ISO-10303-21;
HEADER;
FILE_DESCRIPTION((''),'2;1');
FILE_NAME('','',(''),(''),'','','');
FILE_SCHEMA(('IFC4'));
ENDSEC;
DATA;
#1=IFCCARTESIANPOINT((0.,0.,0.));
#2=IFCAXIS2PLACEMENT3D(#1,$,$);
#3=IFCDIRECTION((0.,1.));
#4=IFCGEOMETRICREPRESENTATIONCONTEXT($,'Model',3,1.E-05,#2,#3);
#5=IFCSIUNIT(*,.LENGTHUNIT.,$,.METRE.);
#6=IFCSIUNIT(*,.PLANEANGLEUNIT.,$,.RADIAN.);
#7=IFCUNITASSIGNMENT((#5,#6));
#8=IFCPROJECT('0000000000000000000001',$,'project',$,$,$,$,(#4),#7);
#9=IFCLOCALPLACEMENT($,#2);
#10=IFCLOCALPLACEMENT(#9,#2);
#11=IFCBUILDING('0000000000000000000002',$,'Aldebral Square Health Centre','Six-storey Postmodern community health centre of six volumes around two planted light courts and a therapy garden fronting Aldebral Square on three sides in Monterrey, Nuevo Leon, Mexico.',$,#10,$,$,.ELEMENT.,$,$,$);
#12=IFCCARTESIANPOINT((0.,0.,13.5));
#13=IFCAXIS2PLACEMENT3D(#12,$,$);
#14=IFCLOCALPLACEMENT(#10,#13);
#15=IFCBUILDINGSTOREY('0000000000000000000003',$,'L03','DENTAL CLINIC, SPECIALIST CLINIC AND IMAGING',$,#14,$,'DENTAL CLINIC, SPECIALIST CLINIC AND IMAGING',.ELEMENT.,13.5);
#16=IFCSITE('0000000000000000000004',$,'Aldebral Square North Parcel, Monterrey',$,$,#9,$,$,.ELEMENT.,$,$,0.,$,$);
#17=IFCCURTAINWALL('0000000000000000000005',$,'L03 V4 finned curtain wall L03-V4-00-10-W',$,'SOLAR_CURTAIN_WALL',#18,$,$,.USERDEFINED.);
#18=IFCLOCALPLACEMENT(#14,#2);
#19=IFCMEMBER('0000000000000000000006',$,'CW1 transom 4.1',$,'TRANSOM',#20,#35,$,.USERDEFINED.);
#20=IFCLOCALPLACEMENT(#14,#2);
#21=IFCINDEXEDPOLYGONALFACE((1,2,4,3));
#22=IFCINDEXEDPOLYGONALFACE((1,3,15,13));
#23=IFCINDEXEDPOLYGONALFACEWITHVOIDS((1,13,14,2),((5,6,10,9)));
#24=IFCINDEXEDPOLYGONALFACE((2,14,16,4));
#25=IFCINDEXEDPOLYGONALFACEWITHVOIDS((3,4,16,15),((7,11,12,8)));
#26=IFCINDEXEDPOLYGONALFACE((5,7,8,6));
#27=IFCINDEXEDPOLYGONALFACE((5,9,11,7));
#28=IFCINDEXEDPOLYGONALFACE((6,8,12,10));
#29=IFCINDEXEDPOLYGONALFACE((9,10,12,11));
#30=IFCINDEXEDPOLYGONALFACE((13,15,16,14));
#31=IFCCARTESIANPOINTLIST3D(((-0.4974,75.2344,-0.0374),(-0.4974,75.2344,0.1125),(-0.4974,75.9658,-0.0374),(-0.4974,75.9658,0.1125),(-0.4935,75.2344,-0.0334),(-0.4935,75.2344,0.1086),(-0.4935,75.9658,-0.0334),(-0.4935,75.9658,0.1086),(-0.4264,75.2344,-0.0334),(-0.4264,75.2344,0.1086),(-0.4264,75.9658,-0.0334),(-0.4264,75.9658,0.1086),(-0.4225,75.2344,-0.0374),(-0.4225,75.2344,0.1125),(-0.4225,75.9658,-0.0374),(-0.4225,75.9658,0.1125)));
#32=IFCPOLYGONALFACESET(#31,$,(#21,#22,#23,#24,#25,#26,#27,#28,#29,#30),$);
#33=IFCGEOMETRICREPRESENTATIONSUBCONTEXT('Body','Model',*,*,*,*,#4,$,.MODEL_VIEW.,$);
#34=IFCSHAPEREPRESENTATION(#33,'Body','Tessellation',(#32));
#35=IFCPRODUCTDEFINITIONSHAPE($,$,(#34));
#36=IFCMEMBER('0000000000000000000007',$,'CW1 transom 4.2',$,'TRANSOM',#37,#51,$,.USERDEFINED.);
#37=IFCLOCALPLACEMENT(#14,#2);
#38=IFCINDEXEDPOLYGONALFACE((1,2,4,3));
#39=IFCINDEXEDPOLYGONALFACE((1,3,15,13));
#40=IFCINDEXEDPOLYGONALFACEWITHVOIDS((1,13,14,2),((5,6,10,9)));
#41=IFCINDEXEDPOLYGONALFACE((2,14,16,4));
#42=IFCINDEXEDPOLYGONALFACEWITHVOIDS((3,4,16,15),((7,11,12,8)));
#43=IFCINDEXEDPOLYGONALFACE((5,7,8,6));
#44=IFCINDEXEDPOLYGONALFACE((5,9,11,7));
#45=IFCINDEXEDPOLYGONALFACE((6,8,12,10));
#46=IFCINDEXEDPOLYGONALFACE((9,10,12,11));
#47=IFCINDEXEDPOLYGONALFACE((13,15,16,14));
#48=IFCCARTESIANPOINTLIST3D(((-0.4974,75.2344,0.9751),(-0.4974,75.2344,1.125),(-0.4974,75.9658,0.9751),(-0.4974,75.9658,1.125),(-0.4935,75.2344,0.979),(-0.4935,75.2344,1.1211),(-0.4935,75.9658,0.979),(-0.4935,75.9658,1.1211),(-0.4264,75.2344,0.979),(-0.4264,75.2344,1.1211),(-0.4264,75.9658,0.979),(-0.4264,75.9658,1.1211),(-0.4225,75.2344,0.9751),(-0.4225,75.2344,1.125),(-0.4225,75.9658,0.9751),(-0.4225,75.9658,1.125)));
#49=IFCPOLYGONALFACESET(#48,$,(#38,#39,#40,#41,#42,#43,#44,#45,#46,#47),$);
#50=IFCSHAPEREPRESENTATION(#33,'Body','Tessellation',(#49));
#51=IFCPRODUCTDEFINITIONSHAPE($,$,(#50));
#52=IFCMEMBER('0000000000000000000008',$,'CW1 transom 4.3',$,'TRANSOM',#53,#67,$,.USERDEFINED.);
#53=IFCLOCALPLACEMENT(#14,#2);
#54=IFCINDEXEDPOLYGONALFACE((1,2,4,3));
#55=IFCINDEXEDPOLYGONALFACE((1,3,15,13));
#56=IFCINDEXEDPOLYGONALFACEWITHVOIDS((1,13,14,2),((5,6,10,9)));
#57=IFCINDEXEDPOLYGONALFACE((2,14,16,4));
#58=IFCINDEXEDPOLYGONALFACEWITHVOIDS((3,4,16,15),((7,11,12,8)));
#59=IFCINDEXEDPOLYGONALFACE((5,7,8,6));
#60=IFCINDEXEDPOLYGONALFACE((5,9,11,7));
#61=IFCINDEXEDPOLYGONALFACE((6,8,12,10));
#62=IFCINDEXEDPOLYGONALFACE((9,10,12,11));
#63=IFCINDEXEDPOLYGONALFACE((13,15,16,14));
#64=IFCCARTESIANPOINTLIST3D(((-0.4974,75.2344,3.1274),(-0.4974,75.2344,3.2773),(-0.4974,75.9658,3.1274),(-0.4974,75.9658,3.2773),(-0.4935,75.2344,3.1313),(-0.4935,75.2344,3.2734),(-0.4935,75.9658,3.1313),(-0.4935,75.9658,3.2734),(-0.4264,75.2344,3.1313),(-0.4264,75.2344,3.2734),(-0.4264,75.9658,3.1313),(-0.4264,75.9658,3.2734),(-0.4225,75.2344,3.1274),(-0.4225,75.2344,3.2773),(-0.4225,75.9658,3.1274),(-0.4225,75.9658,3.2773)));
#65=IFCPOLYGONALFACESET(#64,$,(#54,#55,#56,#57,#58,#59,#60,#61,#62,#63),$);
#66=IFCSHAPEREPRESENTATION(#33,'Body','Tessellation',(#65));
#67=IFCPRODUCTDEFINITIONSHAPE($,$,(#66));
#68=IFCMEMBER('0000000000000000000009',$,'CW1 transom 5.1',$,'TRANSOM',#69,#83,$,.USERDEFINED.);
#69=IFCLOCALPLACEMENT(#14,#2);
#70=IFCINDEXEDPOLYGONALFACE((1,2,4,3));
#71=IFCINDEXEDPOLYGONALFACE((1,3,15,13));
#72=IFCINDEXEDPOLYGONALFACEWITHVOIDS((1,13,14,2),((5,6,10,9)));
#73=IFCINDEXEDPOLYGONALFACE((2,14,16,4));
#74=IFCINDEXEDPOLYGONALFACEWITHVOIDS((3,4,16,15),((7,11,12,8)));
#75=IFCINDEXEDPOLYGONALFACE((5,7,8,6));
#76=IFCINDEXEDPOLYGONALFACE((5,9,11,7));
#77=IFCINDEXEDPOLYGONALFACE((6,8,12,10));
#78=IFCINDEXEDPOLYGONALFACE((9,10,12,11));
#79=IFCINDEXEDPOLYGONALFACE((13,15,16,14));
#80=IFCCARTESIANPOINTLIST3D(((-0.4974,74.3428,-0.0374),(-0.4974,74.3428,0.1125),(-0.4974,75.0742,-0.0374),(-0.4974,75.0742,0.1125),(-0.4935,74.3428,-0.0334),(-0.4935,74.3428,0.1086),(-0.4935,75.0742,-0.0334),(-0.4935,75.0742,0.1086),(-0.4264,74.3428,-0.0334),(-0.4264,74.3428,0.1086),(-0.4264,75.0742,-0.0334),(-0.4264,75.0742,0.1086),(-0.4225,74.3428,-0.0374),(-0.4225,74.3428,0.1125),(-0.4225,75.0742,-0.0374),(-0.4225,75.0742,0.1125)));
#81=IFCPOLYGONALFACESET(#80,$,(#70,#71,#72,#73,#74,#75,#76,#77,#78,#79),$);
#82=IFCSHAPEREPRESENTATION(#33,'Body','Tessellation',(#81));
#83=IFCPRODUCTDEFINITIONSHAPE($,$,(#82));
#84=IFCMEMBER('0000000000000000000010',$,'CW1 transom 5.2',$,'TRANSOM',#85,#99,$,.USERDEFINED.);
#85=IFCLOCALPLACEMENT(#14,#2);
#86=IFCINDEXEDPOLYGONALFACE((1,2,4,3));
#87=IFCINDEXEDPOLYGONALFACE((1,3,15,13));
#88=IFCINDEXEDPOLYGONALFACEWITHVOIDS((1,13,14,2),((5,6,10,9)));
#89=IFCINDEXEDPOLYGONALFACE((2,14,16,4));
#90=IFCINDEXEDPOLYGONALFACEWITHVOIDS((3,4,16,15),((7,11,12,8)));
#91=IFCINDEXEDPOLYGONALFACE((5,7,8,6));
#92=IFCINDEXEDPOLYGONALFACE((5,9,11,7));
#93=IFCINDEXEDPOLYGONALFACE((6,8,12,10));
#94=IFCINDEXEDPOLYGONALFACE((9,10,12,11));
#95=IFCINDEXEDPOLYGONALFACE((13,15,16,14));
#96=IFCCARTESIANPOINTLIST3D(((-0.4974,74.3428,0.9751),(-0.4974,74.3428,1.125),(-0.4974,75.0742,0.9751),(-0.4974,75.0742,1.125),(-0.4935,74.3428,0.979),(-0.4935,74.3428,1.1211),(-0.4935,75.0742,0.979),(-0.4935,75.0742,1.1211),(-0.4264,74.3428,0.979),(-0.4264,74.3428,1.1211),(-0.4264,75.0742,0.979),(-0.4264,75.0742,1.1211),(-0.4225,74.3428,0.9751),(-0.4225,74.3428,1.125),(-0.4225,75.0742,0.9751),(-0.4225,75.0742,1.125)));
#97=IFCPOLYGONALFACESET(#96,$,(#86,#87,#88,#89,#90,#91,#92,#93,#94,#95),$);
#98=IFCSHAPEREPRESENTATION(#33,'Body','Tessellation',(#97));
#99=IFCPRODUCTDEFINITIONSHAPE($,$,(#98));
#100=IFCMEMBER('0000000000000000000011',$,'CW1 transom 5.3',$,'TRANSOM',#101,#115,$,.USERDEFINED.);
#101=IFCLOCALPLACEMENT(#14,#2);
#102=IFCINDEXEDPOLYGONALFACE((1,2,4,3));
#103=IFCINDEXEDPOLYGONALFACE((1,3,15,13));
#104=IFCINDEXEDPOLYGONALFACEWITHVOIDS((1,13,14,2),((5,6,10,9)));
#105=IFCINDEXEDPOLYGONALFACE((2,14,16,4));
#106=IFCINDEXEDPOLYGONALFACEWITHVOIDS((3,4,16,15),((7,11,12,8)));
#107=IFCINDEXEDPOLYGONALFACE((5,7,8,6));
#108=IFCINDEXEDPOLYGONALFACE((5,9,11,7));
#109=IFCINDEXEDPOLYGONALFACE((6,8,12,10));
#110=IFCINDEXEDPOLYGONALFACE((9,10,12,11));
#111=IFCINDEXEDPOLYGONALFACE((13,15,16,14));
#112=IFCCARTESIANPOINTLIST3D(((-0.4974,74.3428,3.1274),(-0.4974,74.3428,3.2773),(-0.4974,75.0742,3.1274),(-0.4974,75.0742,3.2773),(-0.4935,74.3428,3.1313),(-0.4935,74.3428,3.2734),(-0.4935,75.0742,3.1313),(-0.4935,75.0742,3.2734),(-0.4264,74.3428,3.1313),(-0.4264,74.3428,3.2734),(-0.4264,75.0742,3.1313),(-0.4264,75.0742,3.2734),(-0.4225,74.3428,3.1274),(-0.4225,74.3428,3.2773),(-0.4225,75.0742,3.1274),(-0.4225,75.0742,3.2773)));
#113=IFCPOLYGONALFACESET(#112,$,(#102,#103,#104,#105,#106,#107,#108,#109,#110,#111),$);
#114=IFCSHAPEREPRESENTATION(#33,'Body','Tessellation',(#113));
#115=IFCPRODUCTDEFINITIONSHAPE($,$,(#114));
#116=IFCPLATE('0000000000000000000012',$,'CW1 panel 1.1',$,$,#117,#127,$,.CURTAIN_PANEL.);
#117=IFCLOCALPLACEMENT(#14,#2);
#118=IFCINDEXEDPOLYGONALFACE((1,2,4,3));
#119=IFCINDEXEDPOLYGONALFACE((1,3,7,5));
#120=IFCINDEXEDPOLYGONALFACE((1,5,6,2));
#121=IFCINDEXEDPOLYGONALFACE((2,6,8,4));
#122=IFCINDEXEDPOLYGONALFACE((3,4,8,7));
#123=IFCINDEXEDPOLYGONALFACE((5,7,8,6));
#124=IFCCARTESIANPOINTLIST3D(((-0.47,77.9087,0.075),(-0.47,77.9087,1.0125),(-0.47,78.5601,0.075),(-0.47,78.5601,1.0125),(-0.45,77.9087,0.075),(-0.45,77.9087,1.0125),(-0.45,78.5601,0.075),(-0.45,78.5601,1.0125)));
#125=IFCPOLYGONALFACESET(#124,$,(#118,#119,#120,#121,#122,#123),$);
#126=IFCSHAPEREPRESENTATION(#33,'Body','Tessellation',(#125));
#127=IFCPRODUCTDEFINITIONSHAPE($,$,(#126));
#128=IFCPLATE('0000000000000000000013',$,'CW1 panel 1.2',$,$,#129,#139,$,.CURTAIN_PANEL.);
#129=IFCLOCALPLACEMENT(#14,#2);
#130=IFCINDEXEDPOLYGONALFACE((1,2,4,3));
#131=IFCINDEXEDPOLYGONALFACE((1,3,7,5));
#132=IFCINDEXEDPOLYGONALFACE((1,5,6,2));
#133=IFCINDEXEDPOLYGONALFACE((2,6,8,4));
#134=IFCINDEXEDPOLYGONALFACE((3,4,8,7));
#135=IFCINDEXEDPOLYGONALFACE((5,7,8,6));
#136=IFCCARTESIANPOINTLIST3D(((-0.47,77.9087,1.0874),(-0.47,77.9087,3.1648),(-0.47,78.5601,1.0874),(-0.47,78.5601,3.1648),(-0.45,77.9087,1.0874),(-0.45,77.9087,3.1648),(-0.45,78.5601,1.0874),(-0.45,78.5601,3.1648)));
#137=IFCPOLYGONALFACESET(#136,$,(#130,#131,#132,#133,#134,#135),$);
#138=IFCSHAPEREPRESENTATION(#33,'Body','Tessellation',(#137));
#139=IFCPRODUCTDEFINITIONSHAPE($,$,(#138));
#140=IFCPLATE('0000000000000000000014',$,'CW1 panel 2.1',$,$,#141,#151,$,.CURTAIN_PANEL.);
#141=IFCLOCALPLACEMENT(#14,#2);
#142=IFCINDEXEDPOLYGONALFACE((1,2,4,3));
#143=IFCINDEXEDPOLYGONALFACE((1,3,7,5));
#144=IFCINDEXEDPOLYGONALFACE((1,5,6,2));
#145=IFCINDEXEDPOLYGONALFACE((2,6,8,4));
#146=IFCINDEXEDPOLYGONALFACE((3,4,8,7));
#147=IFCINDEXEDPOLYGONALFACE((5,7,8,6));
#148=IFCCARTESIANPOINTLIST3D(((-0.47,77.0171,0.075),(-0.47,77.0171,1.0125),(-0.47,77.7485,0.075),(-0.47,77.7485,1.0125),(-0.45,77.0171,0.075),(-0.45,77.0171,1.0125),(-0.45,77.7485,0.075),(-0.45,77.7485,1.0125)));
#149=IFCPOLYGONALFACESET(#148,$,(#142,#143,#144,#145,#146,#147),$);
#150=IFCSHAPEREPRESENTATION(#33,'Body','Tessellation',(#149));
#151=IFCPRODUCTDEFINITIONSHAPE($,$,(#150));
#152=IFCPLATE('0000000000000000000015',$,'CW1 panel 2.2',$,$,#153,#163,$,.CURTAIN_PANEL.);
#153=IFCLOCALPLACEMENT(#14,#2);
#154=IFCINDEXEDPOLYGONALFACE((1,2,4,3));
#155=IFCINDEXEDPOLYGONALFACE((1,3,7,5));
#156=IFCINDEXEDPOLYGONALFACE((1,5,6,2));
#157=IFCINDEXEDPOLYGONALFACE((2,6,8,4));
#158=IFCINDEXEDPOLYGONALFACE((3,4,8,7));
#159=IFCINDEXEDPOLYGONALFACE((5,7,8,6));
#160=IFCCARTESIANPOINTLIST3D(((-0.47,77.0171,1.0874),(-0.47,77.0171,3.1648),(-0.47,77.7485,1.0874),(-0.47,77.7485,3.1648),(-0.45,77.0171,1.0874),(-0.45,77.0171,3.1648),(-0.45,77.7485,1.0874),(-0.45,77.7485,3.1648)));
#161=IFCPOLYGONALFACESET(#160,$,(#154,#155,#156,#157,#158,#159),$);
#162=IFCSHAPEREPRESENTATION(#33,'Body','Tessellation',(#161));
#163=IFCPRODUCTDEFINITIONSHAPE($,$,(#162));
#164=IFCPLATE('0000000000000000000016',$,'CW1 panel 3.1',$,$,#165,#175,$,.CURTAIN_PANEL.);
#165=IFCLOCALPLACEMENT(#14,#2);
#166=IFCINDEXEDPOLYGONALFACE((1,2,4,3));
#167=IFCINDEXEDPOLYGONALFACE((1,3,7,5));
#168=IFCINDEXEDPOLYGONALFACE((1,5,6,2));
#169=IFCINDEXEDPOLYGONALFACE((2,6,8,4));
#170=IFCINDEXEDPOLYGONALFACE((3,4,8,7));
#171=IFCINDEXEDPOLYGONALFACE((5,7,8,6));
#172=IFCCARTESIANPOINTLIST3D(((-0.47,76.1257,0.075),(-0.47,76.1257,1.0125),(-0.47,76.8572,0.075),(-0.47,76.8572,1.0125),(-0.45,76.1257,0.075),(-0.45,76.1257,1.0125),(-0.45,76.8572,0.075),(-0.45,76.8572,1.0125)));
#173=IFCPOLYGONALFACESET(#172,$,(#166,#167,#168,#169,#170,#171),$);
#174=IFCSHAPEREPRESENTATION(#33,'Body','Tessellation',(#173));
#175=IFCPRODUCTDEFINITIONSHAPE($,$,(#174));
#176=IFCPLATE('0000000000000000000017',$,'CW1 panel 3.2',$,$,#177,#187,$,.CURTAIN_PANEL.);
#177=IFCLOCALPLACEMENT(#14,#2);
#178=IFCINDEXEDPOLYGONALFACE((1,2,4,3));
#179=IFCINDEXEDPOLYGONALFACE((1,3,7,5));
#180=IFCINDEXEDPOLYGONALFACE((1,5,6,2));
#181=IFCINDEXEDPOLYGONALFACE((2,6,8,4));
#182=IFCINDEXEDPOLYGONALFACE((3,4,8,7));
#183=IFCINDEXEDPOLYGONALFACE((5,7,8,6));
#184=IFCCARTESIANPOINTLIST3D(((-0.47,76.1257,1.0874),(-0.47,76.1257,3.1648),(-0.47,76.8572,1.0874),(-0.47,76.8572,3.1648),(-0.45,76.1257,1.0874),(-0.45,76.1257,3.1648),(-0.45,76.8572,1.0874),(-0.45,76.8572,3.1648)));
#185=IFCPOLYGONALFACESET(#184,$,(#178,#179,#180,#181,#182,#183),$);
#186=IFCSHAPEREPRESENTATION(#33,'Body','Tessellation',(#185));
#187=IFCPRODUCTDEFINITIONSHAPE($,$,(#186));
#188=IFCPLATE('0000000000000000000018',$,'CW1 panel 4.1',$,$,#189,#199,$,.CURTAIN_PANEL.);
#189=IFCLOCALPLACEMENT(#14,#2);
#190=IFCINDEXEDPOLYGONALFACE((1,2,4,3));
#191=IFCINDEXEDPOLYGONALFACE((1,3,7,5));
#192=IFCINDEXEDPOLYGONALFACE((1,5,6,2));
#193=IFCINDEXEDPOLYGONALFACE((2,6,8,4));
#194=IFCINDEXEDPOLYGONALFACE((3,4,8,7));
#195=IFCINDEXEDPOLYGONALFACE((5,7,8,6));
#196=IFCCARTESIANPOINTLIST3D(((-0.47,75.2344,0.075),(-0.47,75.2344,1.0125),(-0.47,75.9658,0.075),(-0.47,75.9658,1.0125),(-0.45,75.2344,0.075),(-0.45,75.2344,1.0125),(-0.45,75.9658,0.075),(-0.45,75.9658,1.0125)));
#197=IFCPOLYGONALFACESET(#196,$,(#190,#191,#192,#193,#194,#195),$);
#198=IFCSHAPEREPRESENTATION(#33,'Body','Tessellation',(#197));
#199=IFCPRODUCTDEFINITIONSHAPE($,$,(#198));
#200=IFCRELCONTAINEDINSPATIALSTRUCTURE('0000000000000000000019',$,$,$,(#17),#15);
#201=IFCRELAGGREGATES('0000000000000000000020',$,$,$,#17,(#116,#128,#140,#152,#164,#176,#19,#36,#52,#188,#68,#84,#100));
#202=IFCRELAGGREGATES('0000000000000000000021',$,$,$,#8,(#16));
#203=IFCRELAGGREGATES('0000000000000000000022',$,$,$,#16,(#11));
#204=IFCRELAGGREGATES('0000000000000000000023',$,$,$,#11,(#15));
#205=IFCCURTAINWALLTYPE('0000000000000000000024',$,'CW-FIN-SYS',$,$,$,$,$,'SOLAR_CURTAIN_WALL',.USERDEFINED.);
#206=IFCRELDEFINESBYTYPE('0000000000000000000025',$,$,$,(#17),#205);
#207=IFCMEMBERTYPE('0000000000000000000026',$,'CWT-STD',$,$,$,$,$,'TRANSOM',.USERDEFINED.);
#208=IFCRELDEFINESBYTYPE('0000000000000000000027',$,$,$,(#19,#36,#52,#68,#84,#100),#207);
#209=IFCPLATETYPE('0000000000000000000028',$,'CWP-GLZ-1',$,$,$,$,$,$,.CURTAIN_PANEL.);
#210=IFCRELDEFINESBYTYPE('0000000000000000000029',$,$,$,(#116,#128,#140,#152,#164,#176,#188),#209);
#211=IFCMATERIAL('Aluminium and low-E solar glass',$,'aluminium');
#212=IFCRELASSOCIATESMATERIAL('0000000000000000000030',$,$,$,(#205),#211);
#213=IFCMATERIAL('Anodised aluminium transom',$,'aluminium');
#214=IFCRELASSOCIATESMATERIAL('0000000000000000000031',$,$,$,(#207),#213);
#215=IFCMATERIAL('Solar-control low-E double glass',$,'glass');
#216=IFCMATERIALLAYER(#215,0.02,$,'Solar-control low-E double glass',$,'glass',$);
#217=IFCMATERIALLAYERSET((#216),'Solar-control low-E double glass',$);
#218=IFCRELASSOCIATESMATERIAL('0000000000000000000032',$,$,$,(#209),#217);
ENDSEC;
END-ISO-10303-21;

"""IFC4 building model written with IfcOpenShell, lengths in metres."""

from ifc_helpers import new_model, si_unit, direction, frame, origin, origin_2d, place, context, subcontext, project, spatial, rectangle, hollow_rectangle, extrude, material, layer, layer_set, material_profile, profile_set, type_object, element, aggregate, save


model = new_model("IFC4")

# Units and contexts
model_context = context("Model", 3, precision=1e-05, world=origin(), true_north=direction((0.0, 1.0)))
body_context = subcontext(model_context, "Body", "Model", "MODEL_VIEW")
ifc_project = project(units=[si_unit("LENGTHUNIT", "METRE"), si_unit("PLANEANGLEUNIT", "RADIAN")], contexts=[model_context])

# Site, building, storey
site_placement = place(None, origin())
site = spatial("IfcSite", under=ifc_project, at=site_placement, Name="Aldebral Square North Parcel, Monterrey", CompositionType="ELEMENT", RefElevation=0.0)
building_placement = place(site_placement, origin())
building = spatial("IfcBuilding", under=site, at=building_placement, Name="Aldebral Square Health Centre", Description="Six-storey Postmodern community health centre of six volumes around two planted light courts and a therapy garden fronting Aldebral Square on three sides in Monterrey, Nuevo Leon, Mexico.", CompositionType="ELEMENT")
storey_placement = place(building_placement, frame((0.0, 0.0, 13.5)))
storey = spatial("IfcBuildingStorey", under=building, at=storey_placement, Name="L03", Description="DENTAL CLINIC, SPECIALIST CLINIC AND IMAGING", LongName="DENTAL CLINIC, SPECIALIST CLINIC AND IMAGING", CompositionType="ELEMENT", Elevation=13.5)

# Curtain wall, members, plates
ifc_material_1 = material(Name="Aluminium and low-E solar glass", Category="aluminium")
curtain_wall_type = type_object("IfcCurtainWallType", Name="CW-FIN-SYS", ElementType="SOLAR_CURTAIN_WALL", PredefinedType="USERDEFINED", material=ifc_material_1)
curtain_wall_placement = place(storey_placement, origin())
curtain_wall = element("IfcCurtainWall", 1, at=curtain_wall_placement, inside=storey, type_object=curtain_wall_type, Name="L03 V4 finned curtain wall L03-V4-00-10-W", ObjectType="SOLAR_CURTAIN_WALL", PredefinedType="USERDEFINED")
ifc_material_2 = material(Name="Anodised aluminium transom", Category="aluminium")
ifc_material_profile_1 = material_profile(ifc_material_2, hollow_rectangle(XDim=0.075, YDim=0.1499, WallThickness=0.0039, at=origin_2d()), Name="CWT 75x150x4")
ifc_profile_set_1 = profile_set([ifc_material_profile_1], Name="Anodised aluminium transom")
member_type_1 = type_object("IfcMemberType", Name="CWT-STD", ElementType="TRANSOM", PredefinedType="USERDEFINED", material=ifc_profile_set_1)
member_1_placement = place(storey_placement, frame((-0.46, 75.9658, 0.0376), z_axis=(0.0, -1.0, 0.0), x_axis=(1.0, 0.0, 0.0)))
member_1 = element("IfcMember", 2, at=member_1_placement, type_object=member_type_1, Name="CW1 transom 4.1", ObjectType="TRANSOM", PredefinedType="USERDEFINED", context=body_context, shape_type="SweptSolid", body=[
    extrude(hollow_rectangle(XDim=0.075, YDim=0.1499, WallThickness=0.0039, at=origin_2d()), origin(), (0.0, 0.0, 1.0), 0.7314),
])
member_2_placement = place(storey_placement, frame((-0.46, 75.9658, 1.05), z_axis=(0.0, -1.0, 0.0), x_axis=(1.0, 0.0, 0.0)))
member_2 = element("IfcMember", 3, at=member_2_placement, type_object=member_type_1, Name="CW1 transom 4.2", ObjectType="TRANSOM", PredefinedType="USERDEFINED", context=body_context, shape_type="SweptSolid", body=[
    extrude(hollow_rectangle(XDim=0.075, YDim=0.1499, WallThickness=0.0039, at=origin_2d()), origin(), (0.0, 0.0, 1.0), 0.7314),
])
member_3_placement = place(storey_placement, frame((-0.46, 75.9658, 3.2024), z_axis=(0.0, -1.0, 0.0), x_axis=(1.0, 0.0, 0.0)))
member_3 = element("IfcMember", 4, at=member_3_placement, type_object=member_type_1, Name="CW1 transom 4.3", ObjectType="TRANSOM", PredefinedType="USERDEFINED", context=body_context, shape_type="SweptSolid", body=[
    extrude(hollow_rectangle(XDim=0.075, YDim=0.1499, WallThickness=0.0039, at=origin_2d()), origin(), (0.0, 0.0, 1.0), 0.7314),
])
member_4_placement = place(storey_placement, frame((-0.46, 75.0742, 0.0376), z_axis=(0.0, -1.0, 0.0), x_axis=(1.0, 0.0, 0.0)))
member_4 = element("IfcMember", 5, at=member_4_placement, type_object=member_type_1, Name="CW1 transom 5.1", ObjectType="TRANSOM", PredefinedType="USERDEFINED", context=body_context, shape_type="SweptSolid", body=[
    extrude(hollow_rectangle(XDim=0.075, YDim=0.1499, WallThickness=0.0039, at=origin_2d()), origin(), (0.0, 0.0, 1.0), 0.7314),
])
member_5_placement = place(storey_placement, frame((-0.46, 75.0742, 1.05), z_axis=(0.0, -1.0, 0.0), x_axis=(1.0, 0.0, 0.0)))
member_5 = element("IfcMember", 6, at=member_5_placement, type_object=member_type_1, Name="CW1 transom 5.2", ObjectType="TRANSOM", PredefinedType="USERDEFINED", context=body_context, shape_type="SweptSolid", body=[
    extrude(hollow_rectangle(XDim=0.075, YDim=0.1499, WallThickness=0.0039, at=origin_2d()), origin(), (0.0, 0.0, 1.0), 0.7314),
])
member_6_placement = place(storey_placement, frame((-0.46, 75.0742, 3.2024), z_axis=(0.0, -1.0, 0.0), x_axis=(1.0, 0.0, 0.0)))
member_6 = element("IfcMember", 7, at=member_6_placement, type_object=member_type_1, Name="CW1 transom 5.3", ObjectType="TRANSOM", PredefinedType="USERDEFINED", context=body_context, shape_type="SweptSolid", body=[
    extrude(hollow_rectangle(XDim=0.075, YDim=0.1499, WallThickness=0.0039, at=origin_2d()), origin(), (0.0, 0.0, 1.0), 0.7314),
])
ifc_material_3 = material(Name="Solar-control low-E double glass", Category="glass")
ifc_layer = layer(ifc_material_3, 0.02, Name="Solar-control low-E double glass", Category="glass")
ifc_layer_set = layer_set([ifc_layer], Name="Solar-control low-E double glass")
plate_type = type_object("IfcPlateType", Name="CWP-GLZ-1", PredefinedType="CURTAIN_PANEL", material=ifc_layer_set)
plate_1_placement = place(storey_placement, frame((-0.46, 78.2344, 0.075), z_axis=(0.0, 0.0, 1.0), x_axis=(0.0, -1.0, 0.0)))
plate_1 = element("IfcPlate", 8, at=plate_1_placement, type_object=plate_type, Name="CW1 panel 1.1", PredefinedType="CURTAIN_PANEL", context=body_context, shape_type="SweptSolid", body=[
    extrude(rectangle(XDim=0.6514, YDim=0.02, at=origin_2d()), origin(), (0.0, 0.0, 1.0), 0.9375),
])
plate_2_placement = place(storey_placement, frame((-0.46, 78.2344, 1.0874), z_axis=(0.0, 0.0, 1.0), x_axis=(0.0, -1.0, 0.0)))
plate_2 = element("IfcPlate", 9, at=plate_2_placement, type_object=plate_type, Name="CW1 panel 1.2", PredefinedType="CURTAIN_PANEL", context=body_context, shape_type="SweptSolid", body=[
    extrude(rectangle(XDim=0.6514, YDim=0.02, at=origin_2d()), origin(), (0.0, 0.0, 1.0), 2.0774),
])
plate_3_placement = place(storey_placement, frame((-0.46, 77.3828, 0.075), z_axis=(0.0, 0.0, 1.0), x_axis=(0.0, -1.0, 0.0)))
plate_3 = element("IfcPlate", 10, at=plate_3_placement, type_object=plate_type, Name="CW1 panel 2.1", PredefinedType="CURTAIN_PANEL", context=body_context, shape_type="SweptSolid", body=[
    extrude(rectangle(XDim=0.7314, YDim=0.02, at=origin_2d()), origin(), (0.0, 0.0, 1.0), 0.9375),
])
plate_4_placement = place(storey_placement, frame((-0.46, 77.3828, 1.0874), z_axis=(0.0, 0.0, 1.0), x_axis=(0.0, -1.0, 0.0)))
plate_4 = element("IfcPlate", 11, at=plate_4_placement, type_object=plate_type, Name="CW1 panel 2.2", PredefinedType="CURTAIN_PANEL", context=body_context, shape_type="SweptSolid", body=[
    extrude(rectangle(XDim=0.7314, YDim=0.02, at=origin_2d()), origin(), (0.0, 0.0, 1.0), 2.0774),
])
plate_5_placement = place(storey_placement, frame((-0.46, 76.4915, 0.075), z_axis=(0.0, 0.0, 1.0), x_axis=(0.0, -1.0, 0.0)))
plate_5 = element("IfcPlate", 12, at=plate_5_placement, type_object=plate_type, Name="CW1 panel 3.1", PredefinedType="CURTAIN_PANEL", context=body_context, shape_type="SweptSolid", body=[
    extrude(rectangle(XDim=0.7314, YDim=0.02, at=origin_2d()), origin(), (0.0, 0.0, 1.0), 0.9375),
])
plate_6_placement = place(storey_placement, frame((-0.46, 76.4915, 1.0874), z_axis=(0.0, 0.0, 1.0), x_axis=(0.0, -1.0, 0.0)))
plate_6 = element("IfcPlate", 13, at=plate_6_placement, type_object=plate_type, Name="CW1 panel 3.2", PredefinedType="CURTAIN_PANEL", context=body_context, shape_type="SweptSolid", body=[
    extrude(rectangle(XDim=0.7314, YDim=0.02, at=origin_2d()), origin(), (0.0, 0.0, 1.0), 2.0774),
])
plate_7_placement = place(storey_placement, frame((-0.46, 75.6001, 0.075), z_axis=(0.0, 0.0, 1.0), x_axis=(0.0, -1.0, 0.0)))
plate_7 = element("IfcPlate", 14, at=plate_7_placement, type_object=plate_type, Name="CW1 panel 4.1", PredefinedType="CURTAIN_PANEL", context=body_context, shape_type="SweptSolid", body=[
    extrude(rectangle(XDim=0.7314, YDim=0.02, at=origin_2d()), origin(), (0.0, 0.0, 1.0), 0.9375),
])
aggregate(curtain_wall, [plate_1, plate_2, plate_3, plate_4, plate_5, plate_6, member_1, member_2, member_3, plate_7, member_4, member_5, member_6])

save(model, "model.ifc")
